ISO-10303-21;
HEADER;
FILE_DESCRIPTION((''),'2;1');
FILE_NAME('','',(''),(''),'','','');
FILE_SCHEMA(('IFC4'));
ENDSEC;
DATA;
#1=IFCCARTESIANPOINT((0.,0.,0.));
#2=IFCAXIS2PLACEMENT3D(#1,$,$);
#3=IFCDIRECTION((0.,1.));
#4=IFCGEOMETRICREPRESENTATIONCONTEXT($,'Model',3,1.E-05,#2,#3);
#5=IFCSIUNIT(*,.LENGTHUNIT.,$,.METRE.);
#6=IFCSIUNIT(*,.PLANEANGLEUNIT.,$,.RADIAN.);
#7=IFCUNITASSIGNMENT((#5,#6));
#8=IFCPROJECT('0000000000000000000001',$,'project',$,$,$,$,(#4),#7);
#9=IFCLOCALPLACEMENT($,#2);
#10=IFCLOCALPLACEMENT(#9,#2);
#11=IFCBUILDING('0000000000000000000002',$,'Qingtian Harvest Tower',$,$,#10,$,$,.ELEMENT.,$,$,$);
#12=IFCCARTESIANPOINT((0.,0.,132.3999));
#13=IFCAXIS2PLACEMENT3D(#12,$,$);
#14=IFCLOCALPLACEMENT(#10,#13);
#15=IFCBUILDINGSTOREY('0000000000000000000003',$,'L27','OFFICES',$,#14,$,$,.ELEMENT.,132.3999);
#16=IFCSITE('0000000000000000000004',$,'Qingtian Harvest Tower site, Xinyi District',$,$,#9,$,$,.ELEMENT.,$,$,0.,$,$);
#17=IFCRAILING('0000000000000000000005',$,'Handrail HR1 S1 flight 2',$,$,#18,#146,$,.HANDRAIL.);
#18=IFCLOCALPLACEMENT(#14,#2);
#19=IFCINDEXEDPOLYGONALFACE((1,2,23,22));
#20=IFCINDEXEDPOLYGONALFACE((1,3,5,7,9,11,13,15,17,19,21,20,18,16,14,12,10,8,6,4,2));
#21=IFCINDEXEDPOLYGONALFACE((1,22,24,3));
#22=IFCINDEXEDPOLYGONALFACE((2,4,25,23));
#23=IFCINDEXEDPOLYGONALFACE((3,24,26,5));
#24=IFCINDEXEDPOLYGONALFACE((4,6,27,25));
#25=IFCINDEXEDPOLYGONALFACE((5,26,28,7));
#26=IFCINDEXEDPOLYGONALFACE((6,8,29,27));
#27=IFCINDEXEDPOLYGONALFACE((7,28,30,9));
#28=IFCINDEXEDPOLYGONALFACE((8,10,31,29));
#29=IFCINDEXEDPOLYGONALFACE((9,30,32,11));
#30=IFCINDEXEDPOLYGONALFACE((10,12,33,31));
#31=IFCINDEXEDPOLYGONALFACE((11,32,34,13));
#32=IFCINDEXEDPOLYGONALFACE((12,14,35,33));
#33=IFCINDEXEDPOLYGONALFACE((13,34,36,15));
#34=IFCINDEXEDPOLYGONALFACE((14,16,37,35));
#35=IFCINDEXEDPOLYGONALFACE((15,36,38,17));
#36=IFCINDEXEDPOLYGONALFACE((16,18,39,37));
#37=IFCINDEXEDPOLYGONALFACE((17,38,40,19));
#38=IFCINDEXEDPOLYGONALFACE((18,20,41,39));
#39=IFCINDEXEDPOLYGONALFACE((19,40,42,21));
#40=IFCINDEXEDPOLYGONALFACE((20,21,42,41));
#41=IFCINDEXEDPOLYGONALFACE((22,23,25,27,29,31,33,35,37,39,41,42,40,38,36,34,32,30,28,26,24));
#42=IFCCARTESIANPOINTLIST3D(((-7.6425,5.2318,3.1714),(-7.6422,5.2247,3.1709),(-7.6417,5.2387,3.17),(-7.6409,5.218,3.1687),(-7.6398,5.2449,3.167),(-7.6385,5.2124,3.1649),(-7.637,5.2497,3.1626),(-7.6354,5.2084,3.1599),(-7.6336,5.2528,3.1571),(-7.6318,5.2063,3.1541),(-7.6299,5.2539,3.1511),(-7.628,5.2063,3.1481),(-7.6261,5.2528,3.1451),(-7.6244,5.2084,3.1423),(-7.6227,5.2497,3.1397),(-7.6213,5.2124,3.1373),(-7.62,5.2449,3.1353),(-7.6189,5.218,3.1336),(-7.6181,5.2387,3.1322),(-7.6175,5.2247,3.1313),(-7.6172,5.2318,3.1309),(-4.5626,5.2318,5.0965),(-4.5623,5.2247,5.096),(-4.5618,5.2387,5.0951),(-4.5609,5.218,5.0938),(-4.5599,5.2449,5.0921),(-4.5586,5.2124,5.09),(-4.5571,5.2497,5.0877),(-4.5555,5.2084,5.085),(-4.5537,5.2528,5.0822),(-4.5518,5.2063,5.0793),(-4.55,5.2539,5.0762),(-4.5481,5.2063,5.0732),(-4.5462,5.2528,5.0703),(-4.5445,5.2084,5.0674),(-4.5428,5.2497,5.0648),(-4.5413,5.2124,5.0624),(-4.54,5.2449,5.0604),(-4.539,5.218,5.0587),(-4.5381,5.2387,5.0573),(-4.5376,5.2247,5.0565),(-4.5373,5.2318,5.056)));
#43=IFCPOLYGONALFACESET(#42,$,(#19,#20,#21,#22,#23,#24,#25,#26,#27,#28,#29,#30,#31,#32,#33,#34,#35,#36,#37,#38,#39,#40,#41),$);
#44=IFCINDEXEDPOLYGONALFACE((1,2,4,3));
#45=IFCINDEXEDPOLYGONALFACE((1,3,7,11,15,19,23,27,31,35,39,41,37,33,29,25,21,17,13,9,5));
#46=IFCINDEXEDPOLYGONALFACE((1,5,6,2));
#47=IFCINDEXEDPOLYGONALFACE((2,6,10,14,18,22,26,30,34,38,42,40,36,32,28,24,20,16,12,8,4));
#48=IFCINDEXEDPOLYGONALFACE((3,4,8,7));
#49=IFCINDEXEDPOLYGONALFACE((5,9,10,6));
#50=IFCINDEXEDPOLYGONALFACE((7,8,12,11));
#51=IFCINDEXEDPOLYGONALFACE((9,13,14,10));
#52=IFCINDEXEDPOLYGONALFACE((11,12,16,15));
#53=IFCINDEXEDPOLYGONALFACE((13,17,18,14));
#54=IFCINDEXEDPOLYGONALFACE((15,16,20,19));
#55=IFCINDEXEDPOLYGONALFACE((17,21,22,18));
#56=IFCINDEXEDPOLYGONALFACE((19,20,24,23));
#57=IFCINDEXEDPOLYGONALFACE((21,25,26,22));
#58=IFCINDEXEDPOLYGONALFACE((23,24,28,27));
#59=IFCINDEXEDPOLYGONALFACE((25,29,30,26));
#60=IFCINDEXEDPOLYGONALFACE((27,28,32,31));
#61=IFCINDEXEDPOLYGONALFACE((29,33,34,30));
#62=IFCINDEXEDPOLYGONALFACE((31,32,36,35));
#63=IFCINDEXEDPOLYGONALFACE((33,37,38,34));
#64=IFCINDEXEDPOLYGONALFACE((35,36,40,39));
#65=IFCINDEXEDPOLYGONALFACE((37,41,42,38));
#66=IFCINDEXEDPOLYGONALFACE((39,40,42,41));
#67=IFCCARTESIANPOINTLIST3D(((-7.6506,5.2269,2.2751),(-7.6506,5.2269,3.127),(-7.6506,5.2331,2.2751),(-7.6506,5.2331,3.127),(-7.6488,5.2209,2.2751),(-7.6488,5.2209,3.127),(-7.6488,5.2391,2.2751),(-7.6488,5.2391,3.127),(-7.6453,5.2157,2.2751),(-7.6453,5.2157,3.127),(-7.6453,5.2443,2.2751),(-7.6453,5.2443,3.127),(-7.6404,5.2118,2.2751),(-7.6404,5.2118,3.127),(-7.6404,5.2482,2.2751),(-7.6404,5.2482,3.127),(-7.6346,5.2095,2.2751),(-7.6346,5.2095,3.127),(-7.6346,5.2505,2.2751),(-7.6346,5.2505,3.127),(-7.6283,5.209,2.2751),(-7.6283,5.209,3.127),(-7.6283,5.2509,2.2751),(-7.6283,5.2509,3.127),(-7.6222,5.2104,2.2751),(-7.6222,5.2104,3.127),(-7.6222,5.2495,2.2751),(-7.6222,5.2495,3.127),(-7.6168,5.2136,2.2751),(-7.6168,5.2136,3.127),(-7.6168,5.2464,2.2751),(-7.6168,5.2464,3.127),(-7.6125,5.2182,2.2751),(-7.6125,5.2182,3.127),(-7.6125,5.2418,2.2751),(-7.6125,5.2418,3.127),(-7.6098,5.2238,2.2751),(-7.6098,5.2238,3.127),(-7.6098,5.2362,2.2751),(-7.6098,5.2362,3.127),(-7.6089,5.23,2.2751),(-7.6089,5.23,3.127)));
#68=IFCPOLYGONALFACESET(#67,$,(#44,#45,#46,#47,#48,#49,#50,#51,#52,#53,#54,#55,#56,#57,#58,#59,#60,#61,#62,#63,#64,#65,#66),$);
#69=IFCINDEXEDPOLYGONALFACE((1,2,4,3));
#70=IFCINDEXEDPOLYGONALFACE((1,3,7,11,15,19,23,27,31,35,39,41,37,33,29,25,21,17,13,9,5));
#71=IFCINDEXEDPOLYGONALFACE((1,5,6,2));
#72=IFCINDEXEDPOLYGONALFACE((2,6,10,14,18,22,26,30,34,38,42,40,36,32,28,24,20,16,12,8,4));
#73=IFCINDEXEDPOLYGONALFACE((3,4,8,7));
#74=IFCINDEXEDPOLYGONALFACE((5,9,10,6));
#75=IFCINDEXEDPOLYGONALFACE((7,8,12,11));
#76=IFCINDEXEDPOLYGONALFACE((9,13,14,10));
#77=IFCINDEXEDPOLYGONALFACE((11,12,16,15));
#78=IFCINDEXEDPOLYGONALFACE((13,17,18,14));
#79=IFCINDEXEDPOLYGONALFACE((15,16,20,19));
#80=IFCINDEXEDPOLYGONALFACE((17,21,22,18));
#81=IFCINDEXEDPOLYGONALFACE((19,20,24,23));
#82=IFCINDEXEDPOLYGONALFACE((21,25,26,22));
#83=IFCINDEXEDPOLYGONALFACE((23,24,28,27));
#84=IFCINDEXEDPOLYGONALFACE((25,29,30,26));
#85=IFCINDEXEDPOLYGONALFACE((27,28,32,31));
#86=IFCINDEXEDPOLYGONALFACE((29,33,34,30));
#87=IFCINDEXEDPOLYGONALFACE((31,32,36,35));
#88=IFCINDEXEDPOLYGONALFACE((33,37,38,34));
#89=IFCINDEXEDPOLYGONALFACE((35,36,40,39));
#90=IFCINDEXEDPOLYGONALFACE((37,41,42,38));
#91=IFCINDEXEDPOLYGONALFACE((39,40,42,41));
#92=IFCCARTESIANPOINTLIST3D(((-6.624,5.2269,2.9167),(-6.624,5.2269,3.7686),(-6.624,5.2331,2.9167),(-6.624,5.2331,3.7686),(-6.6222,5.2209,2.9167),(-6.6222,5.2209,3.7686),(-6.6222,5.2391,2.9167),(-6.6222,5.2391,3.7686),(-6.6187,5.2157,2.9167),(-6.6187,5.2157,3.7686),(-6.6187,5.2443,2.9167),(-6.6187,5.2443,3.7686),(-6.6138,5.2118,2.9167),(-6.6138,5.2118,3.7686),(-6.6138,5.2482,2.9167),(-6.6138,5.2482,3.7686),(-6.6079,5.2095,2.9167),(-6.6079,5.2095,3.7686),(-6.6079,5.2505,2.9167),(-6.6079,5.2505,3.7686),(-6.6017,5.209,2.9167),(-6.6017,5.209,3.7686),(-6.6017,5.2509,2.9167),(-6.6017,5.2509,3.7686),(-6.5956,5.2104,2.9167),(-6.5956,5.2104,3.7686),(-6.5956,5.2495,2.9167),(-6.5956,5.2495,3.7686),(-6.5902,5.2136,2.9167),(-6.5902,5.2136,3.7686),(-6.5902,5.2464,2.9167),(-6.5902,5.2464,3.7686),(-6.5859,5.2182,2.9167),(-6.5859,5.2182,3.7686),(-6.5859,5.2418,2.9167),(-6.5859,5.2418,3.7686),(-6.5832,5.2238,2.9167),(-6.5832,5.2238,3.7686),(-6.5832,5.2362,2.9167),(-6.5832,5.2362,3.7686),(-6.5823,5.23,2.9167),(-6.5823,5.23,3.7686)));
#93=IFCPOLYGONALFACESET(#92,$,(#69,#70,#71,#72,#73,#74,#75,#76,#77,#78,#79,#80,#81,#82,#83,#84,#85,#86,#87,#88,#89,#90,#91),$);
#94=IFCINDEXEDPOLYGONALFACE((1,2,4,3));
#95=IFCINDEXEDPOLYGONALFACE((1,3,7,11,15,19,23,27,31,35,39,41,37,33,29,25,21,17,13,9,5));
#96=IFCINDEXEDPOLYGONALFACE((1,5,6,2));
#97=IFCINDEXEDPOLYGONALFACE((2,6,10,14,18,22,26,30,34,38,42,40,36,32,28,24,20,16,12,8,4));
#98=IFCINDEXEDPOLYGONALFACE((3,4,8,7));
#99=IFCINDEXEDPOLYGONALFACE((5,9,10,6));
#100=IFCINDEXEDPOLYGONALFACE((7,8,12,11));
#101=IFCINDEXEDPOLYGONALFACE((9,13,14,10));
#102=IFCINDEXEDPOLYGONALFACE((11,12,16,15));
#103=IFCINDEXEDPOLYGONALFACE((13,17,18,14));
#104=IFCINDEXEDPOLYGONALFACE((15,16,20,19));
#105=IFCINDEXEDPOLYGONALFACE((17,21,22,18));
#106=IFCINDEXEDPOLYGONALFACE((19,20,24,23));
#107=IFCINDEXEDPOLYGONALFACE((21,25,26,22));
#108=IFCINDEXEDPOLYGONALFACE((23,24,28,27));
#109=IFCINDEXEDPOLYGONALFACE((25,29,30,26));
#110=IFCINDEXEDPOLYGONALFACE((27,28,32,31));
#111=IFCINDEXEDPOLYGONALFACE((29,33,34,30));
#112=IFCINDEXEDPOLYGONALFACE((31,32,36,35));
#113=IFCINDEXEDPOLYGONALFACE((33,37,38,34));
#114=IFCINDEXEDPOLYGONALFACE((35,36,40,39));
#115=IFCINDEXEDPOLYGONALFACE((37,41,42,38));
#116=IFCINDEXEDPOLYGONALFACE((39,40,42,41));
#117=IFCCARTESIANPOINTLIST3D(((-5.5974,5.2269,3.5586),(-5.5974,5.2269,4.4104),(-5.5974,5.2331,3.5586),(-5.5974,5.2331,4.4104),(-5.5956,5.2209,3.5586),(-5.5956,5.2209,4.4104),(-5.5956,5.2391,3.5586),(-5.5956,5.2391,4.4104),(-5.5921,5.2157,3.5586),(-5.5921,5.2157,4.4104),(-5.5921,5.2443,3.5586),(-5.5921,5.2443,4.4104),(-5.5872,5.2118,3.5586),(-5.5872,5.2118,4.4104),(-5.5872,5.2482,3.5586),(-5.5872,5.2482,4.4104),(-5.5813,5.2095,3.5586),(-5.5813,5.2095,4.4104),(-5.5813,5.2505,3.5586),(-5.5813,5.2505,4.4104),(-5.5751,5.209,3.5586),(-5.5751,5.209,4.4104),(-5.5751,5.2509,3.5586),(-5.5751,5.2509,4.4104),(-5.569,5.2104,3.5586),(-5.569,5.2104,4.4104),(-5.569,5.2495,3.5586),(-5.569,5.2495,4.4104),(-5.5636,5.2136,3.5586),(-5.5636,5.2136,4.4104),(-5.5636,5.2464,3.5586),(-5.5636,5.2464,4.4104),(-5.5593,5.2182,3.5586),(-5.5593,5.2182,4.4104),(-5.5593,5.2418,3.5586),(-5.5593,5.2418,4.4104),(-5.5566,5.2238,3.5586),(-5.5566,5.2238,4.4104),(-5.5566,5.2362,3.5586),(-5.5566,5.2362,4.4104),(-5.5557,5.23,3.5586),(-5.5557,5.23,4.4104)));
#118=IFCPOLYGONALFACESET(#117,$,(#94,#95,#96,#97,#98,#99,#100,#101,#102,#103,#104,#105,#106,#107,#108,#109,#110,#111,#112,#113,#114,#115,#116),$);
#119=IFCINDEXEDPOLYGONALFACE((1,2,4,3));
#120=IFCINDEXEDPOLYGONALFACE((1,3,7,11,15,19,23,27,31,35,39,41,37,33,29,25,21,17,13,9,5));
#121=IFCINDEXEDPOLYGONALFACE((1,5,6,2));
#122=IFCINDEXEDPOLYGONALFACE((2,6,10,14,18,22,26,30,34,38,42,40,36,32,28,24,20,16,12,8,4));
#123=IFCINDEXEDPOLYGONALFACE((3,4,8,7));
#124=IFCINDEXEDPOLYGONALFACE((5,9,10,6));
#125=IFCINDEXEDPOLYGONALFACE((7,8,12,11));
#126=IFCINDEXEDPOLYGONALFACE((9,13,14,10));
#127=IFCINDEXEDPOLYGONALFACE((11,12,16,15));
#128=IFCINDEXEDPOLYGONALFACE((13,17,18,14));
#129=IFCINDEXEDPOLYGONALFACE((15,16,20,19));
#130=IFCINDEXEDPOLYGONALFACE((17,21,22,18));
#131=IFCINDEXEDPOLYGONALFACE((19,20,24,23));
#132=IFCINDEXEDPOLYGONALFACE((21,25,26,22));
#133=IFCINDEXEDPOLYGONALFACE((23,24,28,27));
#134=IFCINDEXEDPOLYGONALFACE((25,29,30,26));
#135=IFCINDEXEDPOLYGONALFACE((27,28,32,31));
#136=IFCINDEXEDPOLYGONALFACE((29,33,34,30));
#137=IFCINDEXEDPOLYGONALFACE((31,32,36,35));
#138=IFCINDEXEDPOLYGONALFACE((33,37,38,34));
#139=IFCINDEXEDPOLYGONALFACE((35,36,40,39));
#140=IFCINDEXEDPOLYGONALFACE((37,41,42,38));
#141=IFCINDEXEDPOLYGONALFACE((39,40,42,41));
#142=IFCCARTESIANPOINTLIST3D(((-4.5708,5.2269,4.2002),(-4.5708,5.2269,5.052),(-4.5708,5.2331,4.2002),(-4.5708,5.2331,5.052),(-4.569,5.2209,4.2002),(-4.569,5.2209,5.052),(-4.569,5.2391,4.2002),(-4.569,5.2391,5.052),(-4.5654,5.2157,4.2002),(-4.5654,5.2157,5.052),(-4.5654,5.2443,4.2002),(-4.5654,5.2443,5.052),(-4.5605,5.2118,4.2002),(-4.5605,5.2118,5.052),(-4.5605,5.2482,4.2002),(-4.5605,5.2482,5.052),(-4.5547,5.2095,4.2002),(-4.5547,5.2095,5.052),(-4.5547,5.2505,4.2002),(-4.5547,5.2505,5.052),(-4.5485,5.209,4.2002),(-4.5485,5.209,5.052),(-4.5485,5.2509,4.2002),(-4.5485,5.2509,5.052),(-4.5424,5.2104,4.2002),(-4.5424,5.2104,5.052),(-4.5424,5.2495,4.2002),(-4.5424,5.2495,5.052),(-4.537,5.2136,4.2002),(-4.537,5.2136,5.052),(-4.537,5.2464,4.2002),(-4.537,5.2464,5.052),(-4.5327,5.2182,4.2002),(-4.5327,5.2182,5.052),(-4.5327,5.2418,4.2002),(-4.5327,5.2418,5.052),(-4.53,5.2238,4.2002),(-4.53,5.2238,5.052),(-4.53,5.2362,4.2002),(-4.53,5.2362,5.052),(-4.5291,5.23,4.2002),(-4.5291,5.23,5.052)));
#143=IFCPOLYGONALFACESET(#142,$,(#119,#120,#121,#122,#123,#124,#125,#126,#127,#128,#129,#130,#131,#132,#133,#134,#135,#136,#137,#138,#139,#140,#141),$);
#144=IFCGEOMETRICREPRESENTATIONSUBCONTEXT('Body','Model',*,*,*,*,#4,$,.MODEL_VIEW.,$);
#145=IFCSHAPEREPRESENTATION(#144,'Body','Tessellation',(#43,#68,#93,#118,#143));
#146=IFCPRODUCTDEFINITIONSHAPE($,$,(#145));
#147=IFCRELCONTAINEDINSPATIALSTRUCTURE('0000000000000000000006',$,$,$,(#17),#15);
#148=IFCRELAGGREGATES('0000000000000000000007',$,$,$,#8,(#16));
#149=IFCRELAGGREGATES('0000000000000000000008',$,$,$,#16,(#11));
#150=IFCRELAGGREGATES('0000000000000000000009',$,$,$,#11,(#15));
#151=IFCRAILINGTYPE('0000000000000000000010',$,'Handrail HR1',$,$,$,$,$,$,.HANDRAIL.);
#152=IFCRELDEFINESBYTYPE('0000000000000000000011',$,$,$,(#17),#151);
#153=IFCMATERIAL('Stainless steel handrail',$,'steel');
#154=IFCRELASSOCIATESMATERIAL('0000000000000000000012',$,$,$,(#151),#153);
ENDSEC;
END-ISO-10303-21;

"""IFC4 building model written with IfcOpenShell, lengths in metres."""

from ifc_helpers import new_model, si_unit, direction, frame, origin, origin_2d, place, context, subcontext, project, spatial, circle, extrude, material, type_object, element, save


model = new_model("IFC4")

# Units and contexts
model_context = context("Model", 3, precision=1e-05, world=origin(), true_north=direction((0.0, 1.0)))
body_context = subcontext(model_context, "Body", "Model", "MODEL_VIEW")
ifc_project = project(units=[si_unit("LENGTHUNIT", "METRE"), si_unit("PLANEANGLEUNIT", "RADIAN")], contexts=[model_context])

# Site, building, storey
site_placement = place(None, origin())
site = spatial("IfcSite", under=ifc_project, at=site_placement, Name="Qingtian Harvest Tower site, Xinyi District", CompositionType="ELEMENT", RefElevation=0.0)
building_placement = place(site_placement, origin())
building = spatial("IfcBuilding", under=site, at=building_placement, Name="Qingtian Harvest Tower", CompositionType="ELEMENT")
storey_placement = place(building_placement, frame((0.0, 0.0, 132.3999)))
storey = spatial("IfcBuildingStorey", under=building, at=storey_placement, Name="L27", Description="OFFICES", CompositionType="ELEMENT", Elevation=132.3999)

# Railing
ifc_material_1 = material(Name="Stainless steel handrail", Category="steel")
railing_type = type_object("IfcRailingType", Name="Handrail HR1", PredefinedType="HANDRAIL", material=ifc_material_1)
railing_placement = place(storey_placement, frame((-7.6299, 5.23, 2.2751)))
element("IfcRailing", 1, at=railing_placement, inside=storey, type_object=railing_type, Name="Handrail HR1 S1 flight 2", PredefinedType="HANDRAIL", context=body_context, shape_type="SweptSolid", body=[
    extrude(circle(Radius=0.0239, at=origin_2d()), frame((0.0, 0.0, 0.876), z_axis=(0.847979, 0.0, 0.530029), x_axis=(0.0, 1.0, 0.0)), (0.0, 0.0, 1.0), 3.6321),
    extrude(circle(Radius=0.021, at=origin_2d()), origin(), (0.0, 0.0, 1.0), 0.8518),
    extrude(circle(Radius=0.021, at=origin_2d()), frame((1.0266, 0.0, 0.6416)), (0.0, 0.0, 1.0), 0.8518),
    extrude(circle(Radius=0.021, at=origin_2d()), frame((2.0532, 0.0, 1.2834)), (0.0, 0.0, 1.0), 0.8518),
    extrude(circle(Radius=0.021, at=origin_2d()), frame((3.0798, 0.0, 1.925)), (0.0, 0.0, 1.0), 0.8518),
])

save(model, "model.ifc")
